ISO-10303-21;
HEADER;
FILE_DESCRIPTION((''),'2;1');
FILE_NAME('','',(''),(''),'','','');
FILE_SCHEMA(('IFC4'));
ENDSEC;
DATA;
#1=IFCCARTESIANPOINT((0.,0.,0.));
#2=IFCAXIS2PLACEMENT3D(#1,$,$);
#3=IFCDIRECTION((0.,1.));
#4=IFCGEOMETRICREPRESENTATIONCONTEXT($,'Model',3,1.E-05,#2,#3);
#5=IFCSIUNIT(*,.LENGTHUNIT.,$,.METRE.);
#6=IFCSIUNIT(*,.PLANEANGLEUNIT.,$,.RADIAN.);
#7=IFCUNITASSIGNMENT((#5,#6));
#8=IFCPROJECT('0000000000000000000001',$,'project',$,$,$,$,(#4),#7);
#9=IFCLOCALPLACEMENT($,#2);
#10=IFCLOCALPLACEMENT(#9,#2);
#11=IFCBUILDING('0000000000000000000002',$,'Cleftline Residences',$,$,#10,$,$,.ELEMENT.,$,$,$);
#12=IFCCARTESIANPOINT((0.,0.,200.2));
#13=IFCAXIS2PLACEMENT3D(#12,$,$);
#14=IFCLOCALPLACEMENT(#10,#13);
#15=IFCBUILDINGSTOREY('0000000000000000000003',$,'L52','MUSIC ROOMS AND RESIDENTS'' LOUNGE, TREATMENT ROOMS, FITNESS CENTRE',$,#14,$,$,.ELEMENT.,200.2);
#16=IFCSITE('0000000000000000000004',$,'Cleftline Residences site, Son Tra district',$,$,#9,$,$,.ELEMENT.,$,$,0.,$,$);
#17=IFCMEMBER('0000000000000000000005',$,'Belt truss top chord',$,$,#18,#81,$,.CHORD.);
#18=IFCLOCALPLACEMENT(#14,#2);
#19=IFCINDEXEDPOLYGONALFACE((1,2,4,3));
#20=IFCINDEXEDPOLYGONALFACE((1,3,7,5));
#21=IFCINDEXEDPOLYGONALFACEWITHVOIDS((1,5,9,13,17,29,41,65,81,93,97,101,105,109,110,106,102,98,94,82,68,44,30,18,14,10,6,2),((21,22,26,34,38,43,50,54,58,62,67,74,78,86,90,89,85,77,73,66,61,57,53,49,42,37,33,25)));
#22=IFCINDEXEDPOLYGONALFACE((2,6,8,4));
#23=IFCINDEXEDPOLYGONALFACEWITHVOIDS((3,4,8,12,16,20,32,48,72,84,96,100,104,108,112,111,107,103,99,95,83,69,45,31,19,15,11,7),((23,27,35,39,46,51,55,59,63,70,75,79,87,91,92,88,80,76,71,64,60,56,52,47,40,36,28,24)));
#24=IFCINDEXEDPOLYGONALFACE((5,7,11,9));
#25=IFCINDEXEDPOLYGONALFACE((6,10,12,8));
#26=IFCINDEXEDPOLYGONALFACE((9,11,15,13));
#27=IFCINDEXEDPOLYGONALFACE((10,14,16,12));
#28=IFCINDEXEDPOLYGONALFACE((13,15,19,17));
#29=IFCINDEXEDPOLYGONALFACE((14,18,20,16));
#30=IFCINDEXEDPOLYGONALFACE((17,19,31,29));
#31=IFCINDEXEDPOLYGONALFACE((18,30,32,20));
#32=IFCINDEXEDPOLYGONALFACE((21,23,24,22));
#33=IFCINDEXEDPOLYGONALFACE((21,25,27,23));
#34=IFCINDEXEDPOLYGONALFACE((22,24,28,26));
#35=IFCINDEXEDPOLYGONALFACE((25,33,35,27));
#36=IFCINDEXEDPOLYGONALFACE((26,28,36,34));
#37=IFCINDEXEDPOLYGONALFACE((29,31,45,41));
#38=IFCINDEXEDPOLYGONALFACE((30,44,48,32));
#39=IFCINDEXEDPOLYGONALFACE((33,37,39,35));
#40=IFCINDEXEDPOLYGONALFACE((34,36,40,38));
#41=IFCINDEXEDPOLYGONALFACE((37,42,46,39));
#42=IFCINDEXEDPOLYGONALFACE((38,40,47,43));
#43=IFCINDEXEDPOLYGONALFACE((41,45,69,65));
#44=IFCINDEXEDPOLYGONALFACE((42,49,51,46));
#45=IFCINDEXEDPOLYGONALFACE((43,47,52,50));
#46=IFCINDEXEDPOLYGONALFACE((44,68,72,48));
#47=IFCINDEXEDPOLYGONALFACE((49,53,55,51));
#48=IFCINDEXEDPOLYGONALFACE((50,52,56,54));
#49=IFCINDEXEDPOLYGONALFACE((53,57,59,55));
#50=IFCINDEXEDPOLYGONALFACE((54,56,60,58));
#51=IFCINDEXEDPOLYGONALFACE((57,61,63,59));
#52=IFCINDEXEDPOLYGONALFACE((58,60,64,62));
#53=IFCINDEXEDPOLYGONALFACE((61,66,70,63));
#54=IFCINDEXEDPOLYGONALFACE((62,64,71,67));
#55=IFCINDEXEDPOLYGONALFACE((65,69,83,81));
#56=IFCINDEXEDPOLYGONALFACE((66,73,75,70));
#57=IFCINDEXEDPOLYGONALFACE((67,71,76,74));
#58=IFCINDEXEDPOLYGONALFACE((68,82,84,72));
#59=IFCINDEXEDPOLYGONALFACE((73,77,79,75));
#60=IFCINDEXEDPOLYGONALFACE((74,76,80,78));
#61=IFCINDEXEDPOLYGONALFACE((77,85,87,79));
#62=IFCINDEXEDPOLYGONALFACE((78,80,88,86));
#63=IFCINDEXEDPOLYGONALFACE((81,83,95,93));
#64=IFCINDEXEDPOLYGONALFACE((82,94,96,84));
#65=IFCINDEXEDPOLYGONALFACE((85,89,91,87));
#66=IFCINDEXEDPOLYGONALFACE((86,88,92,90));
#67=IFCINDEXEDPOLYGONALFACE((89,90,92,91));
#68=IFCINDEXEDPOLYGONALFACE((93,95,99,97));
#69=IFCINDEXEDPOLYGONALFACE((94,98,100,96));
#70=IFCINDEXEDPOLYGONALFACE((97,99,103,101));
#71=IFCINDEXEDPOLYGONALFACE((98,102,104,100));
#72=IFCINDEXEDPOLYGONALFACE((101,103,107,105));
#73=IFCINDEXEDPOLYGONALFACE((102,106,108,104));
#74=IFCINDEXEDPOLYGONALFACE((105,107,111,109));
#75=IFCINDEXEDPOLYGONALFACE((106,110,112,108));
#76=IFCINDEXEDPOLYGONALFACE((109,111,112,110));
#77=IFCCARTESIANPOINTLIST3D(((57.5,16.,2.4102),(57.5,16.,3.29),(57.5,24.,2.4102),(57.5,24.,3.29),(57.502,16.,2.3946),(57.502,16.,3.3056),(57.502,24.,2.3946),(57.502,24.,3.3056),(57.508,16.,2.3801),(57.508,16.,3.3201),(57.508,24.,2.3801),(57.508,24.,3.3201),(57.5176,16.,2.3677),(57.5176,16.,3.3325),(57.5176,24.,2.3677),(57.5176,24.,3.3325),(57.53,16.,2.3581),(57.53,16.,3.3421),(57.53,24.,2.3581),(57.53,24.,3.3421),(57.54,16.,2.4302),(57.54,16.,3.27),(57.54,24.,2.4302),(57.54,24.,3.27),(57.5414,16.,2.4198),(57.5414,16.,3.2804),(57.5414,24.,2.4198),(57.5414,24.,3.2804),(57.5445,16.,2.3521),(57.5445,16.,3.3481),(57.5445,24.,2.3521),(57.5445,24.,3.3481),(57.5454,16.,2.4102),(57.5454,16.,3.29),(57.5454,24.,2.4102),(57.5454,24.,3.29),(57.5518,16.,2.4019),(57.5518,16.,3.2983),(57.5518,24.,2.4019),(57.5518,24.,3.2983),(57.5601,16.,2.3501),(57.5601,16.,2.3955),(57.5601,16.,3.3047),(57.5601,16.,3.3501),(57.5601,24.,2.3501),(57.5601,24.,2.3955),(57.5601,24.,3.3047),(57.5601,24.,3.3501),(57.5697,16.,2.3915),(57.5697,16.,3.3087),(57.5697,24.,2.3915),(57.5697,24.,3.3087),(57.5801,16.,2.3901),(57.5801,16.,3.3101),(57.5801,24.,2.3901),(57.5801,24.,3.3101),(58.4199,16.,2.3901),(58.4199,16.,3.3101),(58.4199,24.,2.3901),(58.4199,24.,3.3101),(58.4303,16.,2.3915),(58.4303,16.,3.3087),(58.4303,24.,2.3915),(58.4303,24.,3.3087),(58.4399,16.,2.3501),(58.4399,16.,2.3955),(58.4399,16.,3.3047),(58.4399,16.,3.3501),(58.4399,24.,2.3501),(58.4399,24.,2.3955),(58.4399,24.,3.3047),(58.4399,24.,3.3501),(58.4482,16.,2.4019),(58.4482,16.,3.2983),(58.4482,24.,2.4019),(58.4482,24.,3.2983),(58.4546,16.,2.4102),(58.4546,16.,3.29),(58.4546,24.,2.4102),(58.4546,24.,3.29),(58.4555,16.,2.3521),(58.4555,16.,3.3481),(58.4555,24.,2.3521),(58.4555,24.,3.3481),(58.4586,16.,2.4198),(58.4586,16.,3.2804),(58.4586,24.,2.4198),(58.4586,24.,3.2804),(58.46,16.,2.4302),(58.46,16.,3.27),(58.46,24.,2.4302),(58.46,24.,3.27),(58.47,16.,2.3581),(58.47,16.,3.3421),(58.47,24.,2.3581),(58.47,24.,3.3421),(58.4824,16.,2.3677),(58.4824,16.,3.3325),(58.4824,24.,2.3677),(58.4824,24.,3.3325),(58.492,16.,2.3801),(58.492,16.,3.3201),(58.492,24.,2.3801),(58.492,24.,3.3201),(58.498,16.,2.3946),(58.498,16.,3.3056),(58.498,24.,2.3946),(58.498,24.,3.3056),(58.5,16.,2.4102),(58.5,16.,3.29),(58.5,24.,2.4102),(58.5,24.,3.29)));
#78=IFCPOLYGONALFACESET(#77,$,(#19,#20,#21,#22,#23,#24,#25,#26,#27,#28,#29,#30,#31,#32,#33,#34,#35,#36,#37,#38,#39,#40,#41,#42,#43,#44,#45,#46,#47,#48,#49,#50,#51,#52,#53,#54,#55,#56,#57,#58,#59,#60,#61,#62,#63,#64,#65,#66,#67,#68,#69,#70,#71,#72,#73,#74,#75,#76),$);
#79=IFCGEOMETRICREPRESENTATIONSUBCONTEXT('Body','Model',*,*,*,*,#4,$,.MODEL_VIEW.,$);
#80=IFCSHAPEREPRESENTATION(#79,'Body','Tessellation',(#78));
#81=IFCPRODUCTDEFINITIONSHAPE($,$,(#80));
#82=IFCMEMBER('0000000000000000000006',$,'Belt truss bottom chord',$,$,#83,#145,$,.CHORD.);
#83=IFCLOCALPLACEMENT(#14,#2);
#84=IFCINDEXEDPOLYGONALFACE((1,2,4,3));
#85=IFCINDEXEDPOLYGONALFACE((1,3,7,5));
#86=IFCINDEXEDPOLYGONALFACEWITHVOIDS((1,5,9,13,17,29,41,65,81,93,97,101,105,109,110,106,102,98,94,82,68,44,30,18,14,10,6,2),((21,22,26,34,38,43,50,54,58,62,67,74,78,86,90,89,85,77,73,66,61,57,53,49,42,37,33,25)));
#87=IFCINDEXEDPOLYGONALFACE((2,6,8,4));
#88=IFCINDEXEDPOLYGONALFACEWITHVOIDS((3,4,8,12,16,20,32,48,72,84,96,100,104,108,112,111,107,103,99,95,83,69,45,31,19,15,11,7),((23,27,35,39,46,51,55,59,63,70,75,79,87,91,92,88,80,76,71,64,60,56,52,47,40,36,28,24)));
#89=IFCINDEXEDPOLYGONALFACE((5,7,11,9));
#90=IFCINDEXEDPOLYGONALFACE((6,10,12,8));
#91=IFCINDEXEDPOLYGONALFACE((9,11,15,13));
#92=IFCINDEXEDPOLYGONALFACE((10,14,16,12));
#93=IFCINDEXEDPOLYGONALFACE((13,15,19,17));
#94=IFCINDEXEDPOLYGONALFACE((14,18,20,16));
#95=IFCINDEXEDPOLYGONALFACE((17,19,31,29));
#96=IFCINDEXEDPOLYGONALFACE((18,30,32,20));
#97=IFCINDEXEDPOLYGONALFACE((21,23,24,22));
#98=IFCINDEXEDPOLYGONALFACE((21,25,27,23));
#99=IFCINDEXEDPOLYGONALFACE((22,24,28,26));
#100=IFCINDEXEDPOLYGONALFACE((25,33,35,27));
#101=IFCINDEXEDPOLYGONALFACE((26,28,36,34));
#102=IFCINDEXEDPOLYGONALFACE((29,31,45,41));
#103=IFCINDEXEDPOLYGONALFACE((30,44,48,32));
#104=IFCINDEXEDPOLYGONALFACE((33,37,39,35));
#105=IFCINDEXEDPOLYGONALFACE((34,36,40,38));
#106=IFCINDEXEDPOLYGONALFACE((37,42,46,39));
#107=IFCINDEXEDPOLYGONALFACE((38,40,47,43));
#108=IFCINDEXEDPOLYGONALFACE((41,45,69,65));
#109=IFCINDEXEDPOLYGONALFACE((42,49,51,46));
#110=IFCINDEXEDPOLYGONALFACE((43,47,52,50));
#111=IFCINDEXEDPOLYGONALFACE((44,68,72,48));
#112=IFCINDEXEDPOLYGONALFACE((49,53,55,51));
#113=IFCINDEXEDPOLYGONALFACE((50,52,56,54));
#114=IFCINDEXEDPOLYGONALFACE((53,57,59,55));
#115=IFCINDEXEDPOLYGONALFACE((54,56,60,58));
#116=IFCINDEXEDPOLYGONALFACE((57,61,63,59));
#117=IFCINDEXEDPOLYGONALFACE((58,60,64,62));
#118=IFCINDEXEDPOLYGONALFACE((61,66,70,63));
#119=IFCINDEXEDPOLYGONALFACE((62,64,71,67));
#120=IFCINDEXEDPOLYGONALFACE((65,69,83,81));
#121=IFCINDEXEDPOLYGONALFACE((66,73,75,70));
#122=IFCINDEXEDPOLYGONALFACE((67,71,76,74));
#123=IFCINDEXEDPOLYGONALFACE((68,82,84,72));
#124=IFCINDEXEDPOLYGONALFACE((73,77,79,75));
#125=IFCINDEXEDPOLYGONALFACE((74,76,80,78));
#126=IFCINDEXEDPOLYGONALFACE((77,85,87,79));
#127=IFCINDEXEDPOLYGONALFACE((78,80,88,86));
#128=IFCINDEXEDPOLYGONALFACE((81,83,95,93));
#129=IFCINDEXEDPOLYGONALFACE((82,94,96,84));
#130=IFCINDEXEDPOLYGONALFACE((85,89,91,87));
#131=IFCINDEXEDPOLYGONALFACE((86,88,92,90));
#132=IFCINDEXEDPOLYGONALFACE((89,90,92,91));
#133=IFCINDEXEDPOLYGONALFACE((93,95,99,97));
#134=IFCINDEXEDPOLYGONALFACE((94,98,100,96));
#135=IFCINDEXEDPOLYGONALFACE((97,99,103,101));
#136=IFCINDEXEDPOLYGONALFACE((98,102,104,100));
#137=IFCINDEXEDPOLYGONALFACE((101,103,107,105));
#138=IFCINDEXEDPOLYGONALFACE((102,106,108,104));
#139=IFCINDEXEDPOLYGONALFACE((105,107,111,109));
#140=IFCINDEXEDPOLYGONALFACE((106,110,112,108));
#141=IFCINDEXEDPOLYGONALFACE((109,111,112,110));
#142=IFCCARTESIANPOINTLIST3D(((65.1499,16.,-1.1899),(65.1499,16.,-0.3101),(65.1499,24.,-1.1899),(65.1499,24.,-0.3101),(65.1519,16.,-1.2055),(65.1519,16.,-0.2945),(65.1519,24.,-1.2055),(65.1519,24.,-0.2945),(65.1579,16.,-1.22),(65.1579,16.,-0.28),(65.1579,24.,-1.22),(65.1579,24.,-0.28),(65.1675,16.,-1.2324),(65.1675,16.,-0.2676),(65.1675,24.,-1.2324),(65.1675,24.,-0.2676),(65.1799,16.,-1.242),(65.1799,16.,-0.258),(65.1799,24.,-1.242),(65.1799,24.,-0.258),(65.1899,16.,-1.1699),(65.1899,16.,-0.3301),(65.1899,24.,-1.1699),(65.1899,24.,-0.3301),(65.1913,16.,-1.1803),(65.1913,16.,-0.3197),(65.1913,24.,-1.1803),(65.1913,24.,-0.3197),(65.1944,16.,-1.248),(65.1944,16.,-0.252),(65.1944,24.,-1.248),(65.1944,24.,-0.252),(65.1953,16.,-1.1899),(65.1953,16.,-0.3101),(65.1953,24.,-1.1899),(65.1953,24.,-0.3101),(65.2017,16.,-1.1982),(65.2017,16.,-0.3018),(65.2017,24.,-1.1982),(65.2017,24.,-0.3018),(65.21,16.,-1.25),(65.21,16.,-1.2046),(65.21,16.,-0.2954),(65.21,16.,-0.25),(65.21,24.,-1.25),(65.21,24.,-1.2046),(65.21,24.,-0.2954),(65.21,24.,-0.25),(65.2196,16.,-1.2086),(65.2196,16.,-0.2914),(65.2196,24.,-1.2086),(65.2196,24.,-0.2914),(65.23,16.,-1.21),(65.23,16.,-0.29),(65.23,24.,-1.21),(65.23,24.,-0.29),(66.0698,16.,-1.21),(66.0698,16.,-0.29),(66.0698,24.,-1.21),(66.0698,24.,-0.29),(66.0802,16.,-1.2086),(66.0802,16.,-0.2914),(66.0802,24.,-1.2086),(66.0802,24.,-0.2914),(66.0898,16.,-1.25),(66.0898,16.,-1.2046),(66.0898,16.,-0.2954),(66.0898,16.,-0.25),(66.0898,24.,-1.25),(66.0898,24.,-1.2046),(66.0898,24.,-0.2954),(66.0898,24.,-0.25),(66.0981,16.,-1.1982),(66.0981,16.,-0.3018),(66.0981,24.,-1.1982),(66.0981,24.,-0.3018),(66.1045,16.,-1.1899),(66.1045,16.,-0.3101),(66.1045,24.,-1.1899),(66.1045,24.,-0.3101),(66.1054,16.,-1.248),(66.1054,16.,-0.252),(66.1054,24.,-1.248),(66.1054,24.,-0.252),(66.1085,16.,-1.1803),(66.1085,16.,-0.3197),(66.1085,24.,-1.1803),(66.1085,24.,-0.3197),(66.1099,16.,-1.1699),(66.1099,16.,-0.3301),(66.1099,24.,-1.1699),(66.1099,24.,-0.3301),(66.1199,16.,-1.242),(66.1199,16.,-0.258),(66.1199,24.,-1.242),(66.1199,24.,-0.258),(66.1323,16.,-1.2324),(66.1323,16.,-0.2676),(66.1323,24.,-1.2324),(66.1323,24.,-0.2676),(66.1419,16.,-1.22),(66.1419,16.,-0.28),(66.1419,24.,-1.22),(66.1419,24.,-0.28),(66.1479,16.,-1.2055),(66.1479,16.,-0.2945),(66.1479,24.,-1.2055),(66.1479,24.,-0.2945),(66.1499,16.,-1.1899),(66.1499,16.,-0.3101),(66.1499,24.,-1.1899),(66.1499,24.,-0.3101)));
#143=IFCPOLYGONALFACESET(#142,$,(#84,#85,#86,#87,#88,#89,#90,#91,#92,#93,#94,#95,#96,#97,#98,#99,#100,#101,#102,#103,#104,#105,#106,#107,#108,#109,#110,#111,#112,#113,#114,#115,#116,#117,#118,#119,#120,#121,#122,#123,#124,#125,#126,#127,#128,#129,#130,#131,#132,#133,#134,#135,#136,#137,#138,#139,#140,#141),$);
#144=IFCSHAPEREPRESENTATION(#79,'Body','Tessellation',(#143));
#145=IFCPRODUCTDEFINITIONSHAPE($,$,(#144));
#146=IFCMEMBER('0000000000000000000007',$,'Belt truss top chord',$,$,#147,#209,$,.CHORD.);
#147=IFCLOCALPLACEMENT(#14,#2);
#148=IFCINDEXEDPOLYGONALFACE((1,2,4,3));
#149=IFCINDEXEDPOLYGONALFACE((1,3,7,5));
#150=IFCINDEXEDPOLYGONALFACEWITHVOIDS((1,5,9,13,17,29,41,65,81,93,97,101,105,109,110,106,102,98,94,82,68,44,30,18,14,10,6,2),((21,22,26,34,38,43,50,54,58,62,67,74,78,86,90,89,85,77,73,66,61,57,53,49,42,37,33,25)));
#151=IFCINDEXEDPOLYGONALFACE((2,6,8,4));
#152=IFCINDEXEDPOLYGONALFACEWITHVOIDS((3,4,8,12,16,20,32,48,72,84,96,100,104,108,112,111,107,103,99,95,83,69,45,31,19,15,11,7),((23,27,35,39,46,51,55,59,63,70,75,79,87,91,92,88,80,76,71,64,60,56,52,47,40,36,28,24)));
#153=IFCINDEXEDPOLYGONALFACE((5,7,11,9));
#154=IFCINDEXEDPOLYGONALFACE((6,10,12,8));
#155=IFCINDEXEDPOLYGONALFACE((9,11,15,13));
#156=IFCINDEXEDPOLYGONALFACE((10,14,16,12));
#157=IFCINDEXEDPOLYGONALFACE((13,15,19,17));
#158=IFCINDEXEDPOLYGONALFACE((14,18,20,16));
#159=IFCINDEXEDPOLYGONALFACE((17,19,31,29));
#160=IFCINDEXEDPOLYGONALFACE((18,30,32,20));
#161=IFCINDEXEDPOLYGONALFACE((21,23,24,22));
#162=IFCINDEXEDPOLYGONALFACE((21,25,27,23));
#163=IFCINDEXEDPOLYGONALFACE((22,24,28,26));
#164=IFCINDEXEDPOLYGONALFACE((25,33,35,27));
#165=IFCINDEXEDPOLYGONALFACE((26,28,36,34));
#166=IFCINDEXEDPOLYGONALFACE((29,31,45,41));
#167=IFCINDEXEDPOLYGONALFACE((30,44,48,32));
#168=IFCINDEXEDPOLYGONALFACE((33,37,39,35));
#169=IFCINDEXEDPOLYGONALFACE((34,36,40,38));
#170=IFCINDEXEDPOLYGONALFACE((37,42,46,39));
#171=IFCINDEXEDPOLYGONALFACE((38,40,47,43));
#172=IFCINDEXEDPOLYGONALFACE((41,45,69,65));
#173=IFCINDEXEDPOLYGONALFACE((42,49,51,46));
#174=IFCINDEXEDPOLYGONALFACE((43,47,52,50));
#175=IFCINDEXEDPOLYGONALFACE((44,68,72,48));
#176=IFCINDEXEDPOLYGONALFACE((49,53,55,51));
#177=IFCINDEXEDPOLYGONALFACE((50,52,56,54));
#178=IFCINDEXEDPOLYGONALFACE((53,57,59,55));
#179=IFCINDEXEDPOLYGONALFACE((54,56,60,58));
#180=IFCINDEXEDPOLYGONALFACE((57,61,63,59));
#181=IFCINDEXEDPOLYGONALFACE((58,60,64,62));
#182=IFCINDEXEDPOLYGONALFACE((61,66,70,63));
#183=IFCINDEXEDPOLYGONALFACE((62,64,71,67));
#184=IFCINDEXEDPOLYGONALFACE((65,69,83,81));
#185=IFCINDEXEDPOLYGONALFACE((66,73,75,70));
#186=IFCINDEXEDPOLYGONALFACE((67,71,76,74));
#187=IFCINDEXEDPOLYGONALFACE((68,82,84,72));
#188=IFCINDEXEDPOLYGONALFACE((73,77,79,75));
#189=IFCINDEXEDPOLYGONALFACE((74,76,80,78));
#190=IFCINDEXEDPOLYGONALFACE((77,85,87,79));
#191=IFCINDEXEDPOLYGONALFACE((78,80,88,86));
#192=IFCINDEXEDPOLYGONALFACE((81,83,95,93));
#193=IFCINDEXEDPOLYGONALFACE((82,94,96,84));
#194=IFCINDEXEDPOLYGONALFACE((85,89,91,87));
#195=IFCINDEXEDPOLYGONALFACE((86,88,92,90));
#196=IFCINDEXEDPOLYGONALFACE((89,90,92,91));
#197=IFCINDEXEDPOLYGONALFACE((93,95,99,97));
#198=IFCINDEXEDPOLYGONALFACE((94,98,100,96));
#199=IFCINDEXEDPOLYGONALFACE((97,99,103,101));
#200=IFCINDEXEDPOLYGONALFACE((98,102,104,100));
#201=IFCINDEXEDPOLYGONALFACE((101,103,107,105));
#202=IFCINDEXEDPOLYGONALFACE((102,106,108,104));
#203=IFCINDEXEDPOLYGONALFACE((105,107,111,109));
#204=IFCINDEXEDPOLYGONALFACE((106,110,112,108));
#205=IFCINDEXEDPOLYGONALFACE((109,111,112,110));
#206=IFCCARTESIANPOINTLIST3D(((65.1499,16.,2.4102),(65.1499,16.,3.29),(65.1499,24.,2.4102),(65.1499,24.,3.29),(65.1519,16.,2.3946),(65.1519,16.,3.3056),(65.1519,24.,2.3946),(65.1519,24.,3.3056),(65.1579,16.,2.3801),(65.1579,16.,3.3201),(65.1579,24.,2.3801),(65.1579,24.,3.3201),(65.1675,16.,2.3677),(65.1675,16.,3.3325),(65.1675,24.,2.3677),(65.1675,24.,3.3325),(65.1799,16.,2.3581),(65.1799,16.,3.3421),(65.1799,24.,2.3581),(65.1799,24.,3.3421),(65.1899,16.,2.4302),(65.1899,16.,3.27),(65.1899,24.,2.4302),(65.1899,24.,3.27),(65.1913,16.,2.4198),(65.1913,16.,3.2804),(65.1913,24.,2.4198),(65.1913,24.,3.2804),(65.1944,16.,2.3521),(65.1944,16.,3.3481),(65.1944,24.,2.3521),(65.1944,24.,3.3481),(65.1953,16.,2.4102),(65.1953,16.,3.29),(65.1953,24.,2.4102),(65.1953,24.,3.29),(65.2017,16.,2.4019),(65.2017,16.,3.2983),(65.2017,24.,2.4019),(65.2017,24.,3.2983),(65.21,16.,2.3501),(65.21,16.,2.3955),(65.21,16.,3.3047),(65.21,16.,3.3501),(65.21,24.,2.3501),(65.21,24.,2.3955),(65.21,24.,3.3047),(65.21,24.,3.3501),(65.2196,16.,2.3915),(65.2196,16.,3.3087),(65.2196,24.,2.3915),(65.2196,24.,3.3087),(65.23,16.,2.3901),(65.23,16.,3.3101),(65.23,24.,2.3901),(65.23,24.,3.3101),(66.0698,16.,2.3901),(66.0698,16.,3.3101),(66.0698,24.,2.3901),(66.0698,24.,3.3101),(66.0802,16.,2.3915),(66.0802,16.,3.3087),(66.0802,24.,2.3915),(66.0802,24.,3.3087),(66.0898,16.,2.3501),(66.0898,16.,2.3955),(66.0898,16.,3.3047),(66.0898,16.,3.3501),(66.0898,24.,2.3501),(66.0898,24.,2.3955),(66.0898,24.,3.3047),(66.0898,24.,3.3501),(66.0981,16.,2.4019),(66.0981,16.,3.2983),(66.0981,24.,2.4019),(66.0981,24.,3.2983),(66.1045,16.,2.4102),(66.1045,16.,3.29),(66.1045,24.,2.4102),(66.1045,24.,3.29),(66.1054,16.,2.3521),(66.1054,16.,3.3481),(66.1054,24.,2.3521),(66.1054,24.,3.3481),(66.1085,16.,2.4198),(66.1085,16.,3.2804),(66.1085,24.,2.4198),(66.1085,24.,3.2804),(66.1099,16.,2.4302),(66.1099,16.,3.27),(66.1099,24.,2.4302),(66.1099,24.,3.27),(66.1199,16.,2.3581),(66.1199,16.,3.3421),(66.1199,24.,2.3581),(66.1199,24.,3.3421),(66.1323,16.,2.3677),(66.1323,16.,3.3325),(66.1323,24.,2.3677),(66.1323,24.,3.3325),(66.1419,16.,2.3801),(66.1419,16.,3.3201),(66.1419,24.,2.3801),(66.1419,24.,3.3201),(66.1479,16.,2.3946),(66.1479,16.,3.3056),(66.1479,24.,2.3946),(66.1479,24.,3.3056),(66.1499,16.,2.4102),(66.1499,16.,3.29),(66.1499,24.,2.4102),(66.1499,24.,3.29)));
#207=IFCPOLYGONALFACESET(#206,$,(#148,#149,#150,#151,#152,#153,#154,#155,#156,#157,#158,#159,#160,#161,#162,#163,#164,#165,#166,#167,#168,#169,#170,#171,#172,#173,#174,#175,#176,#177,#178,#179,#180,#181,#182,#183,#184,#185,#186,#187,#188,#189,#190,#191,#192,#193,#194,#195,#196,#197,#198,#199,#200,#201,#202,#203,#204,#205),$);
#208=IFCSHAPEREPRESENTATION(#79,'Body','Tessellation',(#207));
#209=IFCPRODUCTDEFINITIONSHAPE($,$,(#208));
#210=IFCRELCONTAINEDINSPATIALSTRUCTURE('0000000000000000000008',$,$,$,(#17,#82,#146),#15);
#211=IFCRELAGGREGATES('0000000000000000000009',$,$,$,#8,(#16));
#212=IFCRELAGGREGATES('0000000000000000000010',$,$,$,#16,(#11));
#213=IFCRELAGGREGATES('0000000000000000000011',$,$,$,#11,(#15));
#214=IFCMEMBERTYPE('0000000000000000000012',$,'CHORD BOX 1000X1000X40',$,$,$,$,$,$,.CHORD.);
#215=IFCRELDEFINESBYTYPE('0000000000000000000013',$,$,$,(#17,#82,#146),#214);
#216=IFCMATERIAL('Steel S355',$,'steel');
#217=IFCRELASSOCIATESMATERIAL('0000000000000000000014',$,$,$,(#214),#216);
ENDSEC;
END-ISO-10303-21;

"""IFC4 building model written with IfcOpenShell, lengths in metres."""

from ifc_helpers import new_model, si_unit, direction, frame, origin, origin_2d, place, context, subcontext, project, spatial, hollow_rectangle, extrude, material, material_profile, profile_set, type_object, element, save


model = new_model("IFC4")

# Units and contexts
model_context = context("Model", 3, precision=1e-05, world=origin(), true_north=direction((0.0, 1.0)))
body_context = subcontext(model_context, "Body", "Model", "MODEL_VIEW")
ifc_project = project(units=[si_unit("LENGTHUNIT", "METRE"), si_unit("PLANEANGLEUNIT", "RADIAN")], contexts=[model_context])

# Site, building, storey
site_placement = place(None, origin())
site = spatial("IfcSite", under=ifc_project, at=site_placement, Name="Cleftline Residences site, Son Tra district", CompositionType="ELEMENT", RefElevation=0.0)
building_placement = place(site_placement, origin())
building = spatial("IfcBuilding", under=site, at=building_placement, Name="Cleftline Residences", CompositionType="ELEMENT")
storey_placement = place(building_placement, frame((0.0, 0.0, 200.2)))
storey = spatial("IfcBuildingStorey", under=building, at=storey_placement, Name="L52", Description="MUSIC ROOMS AND RESIDENTS' LOUNGE, TREATMENT ROOMS, FITNESS CENTRE", CompositionType="ELEMENT", Elevation=200.2)

# Members
ifc_material_1 = material(Name="Steel S355", Category="steel")
ifc_material_profile_1 = material_profile(ifc_material_1, hollow_rectangle(XDim=1.0, YDim=1.0, WallThickness=0.04, InnerFilletRadius=0.04, OuterFilletRadius=0.0601, at=origin_2d()))
ifc_profile_set_1 = profile_set([ifc_material_profile_1], Name="Steel S355")
member_type_1 = type_object("IfcMemberType", Name="CHORD BOX 1000X1000X40", PredefinedType="CHORD", material=ifc_profile_set_1)
for number, where, z_axis, x_axis, name in (
    (1, (58.0, 16.0, 2.8501), (0.0, 1.0, 0.0), (-1.0, 0.0, 0.0), "Belt truss top chord"),
    (2, (65.6499, 16.0, -0.75), (0.0, 1.0, 0.0), (-1.0, 0.0, 0.0), "Belt truss bottom chord"),
    (3, (65.6499, 16.0, 2.8501), (0.0, 1.0, 0.0), (-1.0, 0.0, 0.0), "Belt truss top chord"),
):
    element("IfcMember", number, at=place(storey_placement, frame(where, z_axis=z_axis, x_axis=x_axis)), inside=storey, type_object=member_type_1, Name=name, PredefinedType="CHORD", context=body_context, shape_type="SweptSolid", body=[
        extrude(hollow_rectangle(XDim=1.0, YDim=1.0, WallThickness=0.04, InnerFilletRadius=0.04, OuterFilletRadius=0.0601, at=origin_2d()), origin(), (0.0, 0.0, 1.0), 8.0),
    ])

save(model, "model.ifc")
